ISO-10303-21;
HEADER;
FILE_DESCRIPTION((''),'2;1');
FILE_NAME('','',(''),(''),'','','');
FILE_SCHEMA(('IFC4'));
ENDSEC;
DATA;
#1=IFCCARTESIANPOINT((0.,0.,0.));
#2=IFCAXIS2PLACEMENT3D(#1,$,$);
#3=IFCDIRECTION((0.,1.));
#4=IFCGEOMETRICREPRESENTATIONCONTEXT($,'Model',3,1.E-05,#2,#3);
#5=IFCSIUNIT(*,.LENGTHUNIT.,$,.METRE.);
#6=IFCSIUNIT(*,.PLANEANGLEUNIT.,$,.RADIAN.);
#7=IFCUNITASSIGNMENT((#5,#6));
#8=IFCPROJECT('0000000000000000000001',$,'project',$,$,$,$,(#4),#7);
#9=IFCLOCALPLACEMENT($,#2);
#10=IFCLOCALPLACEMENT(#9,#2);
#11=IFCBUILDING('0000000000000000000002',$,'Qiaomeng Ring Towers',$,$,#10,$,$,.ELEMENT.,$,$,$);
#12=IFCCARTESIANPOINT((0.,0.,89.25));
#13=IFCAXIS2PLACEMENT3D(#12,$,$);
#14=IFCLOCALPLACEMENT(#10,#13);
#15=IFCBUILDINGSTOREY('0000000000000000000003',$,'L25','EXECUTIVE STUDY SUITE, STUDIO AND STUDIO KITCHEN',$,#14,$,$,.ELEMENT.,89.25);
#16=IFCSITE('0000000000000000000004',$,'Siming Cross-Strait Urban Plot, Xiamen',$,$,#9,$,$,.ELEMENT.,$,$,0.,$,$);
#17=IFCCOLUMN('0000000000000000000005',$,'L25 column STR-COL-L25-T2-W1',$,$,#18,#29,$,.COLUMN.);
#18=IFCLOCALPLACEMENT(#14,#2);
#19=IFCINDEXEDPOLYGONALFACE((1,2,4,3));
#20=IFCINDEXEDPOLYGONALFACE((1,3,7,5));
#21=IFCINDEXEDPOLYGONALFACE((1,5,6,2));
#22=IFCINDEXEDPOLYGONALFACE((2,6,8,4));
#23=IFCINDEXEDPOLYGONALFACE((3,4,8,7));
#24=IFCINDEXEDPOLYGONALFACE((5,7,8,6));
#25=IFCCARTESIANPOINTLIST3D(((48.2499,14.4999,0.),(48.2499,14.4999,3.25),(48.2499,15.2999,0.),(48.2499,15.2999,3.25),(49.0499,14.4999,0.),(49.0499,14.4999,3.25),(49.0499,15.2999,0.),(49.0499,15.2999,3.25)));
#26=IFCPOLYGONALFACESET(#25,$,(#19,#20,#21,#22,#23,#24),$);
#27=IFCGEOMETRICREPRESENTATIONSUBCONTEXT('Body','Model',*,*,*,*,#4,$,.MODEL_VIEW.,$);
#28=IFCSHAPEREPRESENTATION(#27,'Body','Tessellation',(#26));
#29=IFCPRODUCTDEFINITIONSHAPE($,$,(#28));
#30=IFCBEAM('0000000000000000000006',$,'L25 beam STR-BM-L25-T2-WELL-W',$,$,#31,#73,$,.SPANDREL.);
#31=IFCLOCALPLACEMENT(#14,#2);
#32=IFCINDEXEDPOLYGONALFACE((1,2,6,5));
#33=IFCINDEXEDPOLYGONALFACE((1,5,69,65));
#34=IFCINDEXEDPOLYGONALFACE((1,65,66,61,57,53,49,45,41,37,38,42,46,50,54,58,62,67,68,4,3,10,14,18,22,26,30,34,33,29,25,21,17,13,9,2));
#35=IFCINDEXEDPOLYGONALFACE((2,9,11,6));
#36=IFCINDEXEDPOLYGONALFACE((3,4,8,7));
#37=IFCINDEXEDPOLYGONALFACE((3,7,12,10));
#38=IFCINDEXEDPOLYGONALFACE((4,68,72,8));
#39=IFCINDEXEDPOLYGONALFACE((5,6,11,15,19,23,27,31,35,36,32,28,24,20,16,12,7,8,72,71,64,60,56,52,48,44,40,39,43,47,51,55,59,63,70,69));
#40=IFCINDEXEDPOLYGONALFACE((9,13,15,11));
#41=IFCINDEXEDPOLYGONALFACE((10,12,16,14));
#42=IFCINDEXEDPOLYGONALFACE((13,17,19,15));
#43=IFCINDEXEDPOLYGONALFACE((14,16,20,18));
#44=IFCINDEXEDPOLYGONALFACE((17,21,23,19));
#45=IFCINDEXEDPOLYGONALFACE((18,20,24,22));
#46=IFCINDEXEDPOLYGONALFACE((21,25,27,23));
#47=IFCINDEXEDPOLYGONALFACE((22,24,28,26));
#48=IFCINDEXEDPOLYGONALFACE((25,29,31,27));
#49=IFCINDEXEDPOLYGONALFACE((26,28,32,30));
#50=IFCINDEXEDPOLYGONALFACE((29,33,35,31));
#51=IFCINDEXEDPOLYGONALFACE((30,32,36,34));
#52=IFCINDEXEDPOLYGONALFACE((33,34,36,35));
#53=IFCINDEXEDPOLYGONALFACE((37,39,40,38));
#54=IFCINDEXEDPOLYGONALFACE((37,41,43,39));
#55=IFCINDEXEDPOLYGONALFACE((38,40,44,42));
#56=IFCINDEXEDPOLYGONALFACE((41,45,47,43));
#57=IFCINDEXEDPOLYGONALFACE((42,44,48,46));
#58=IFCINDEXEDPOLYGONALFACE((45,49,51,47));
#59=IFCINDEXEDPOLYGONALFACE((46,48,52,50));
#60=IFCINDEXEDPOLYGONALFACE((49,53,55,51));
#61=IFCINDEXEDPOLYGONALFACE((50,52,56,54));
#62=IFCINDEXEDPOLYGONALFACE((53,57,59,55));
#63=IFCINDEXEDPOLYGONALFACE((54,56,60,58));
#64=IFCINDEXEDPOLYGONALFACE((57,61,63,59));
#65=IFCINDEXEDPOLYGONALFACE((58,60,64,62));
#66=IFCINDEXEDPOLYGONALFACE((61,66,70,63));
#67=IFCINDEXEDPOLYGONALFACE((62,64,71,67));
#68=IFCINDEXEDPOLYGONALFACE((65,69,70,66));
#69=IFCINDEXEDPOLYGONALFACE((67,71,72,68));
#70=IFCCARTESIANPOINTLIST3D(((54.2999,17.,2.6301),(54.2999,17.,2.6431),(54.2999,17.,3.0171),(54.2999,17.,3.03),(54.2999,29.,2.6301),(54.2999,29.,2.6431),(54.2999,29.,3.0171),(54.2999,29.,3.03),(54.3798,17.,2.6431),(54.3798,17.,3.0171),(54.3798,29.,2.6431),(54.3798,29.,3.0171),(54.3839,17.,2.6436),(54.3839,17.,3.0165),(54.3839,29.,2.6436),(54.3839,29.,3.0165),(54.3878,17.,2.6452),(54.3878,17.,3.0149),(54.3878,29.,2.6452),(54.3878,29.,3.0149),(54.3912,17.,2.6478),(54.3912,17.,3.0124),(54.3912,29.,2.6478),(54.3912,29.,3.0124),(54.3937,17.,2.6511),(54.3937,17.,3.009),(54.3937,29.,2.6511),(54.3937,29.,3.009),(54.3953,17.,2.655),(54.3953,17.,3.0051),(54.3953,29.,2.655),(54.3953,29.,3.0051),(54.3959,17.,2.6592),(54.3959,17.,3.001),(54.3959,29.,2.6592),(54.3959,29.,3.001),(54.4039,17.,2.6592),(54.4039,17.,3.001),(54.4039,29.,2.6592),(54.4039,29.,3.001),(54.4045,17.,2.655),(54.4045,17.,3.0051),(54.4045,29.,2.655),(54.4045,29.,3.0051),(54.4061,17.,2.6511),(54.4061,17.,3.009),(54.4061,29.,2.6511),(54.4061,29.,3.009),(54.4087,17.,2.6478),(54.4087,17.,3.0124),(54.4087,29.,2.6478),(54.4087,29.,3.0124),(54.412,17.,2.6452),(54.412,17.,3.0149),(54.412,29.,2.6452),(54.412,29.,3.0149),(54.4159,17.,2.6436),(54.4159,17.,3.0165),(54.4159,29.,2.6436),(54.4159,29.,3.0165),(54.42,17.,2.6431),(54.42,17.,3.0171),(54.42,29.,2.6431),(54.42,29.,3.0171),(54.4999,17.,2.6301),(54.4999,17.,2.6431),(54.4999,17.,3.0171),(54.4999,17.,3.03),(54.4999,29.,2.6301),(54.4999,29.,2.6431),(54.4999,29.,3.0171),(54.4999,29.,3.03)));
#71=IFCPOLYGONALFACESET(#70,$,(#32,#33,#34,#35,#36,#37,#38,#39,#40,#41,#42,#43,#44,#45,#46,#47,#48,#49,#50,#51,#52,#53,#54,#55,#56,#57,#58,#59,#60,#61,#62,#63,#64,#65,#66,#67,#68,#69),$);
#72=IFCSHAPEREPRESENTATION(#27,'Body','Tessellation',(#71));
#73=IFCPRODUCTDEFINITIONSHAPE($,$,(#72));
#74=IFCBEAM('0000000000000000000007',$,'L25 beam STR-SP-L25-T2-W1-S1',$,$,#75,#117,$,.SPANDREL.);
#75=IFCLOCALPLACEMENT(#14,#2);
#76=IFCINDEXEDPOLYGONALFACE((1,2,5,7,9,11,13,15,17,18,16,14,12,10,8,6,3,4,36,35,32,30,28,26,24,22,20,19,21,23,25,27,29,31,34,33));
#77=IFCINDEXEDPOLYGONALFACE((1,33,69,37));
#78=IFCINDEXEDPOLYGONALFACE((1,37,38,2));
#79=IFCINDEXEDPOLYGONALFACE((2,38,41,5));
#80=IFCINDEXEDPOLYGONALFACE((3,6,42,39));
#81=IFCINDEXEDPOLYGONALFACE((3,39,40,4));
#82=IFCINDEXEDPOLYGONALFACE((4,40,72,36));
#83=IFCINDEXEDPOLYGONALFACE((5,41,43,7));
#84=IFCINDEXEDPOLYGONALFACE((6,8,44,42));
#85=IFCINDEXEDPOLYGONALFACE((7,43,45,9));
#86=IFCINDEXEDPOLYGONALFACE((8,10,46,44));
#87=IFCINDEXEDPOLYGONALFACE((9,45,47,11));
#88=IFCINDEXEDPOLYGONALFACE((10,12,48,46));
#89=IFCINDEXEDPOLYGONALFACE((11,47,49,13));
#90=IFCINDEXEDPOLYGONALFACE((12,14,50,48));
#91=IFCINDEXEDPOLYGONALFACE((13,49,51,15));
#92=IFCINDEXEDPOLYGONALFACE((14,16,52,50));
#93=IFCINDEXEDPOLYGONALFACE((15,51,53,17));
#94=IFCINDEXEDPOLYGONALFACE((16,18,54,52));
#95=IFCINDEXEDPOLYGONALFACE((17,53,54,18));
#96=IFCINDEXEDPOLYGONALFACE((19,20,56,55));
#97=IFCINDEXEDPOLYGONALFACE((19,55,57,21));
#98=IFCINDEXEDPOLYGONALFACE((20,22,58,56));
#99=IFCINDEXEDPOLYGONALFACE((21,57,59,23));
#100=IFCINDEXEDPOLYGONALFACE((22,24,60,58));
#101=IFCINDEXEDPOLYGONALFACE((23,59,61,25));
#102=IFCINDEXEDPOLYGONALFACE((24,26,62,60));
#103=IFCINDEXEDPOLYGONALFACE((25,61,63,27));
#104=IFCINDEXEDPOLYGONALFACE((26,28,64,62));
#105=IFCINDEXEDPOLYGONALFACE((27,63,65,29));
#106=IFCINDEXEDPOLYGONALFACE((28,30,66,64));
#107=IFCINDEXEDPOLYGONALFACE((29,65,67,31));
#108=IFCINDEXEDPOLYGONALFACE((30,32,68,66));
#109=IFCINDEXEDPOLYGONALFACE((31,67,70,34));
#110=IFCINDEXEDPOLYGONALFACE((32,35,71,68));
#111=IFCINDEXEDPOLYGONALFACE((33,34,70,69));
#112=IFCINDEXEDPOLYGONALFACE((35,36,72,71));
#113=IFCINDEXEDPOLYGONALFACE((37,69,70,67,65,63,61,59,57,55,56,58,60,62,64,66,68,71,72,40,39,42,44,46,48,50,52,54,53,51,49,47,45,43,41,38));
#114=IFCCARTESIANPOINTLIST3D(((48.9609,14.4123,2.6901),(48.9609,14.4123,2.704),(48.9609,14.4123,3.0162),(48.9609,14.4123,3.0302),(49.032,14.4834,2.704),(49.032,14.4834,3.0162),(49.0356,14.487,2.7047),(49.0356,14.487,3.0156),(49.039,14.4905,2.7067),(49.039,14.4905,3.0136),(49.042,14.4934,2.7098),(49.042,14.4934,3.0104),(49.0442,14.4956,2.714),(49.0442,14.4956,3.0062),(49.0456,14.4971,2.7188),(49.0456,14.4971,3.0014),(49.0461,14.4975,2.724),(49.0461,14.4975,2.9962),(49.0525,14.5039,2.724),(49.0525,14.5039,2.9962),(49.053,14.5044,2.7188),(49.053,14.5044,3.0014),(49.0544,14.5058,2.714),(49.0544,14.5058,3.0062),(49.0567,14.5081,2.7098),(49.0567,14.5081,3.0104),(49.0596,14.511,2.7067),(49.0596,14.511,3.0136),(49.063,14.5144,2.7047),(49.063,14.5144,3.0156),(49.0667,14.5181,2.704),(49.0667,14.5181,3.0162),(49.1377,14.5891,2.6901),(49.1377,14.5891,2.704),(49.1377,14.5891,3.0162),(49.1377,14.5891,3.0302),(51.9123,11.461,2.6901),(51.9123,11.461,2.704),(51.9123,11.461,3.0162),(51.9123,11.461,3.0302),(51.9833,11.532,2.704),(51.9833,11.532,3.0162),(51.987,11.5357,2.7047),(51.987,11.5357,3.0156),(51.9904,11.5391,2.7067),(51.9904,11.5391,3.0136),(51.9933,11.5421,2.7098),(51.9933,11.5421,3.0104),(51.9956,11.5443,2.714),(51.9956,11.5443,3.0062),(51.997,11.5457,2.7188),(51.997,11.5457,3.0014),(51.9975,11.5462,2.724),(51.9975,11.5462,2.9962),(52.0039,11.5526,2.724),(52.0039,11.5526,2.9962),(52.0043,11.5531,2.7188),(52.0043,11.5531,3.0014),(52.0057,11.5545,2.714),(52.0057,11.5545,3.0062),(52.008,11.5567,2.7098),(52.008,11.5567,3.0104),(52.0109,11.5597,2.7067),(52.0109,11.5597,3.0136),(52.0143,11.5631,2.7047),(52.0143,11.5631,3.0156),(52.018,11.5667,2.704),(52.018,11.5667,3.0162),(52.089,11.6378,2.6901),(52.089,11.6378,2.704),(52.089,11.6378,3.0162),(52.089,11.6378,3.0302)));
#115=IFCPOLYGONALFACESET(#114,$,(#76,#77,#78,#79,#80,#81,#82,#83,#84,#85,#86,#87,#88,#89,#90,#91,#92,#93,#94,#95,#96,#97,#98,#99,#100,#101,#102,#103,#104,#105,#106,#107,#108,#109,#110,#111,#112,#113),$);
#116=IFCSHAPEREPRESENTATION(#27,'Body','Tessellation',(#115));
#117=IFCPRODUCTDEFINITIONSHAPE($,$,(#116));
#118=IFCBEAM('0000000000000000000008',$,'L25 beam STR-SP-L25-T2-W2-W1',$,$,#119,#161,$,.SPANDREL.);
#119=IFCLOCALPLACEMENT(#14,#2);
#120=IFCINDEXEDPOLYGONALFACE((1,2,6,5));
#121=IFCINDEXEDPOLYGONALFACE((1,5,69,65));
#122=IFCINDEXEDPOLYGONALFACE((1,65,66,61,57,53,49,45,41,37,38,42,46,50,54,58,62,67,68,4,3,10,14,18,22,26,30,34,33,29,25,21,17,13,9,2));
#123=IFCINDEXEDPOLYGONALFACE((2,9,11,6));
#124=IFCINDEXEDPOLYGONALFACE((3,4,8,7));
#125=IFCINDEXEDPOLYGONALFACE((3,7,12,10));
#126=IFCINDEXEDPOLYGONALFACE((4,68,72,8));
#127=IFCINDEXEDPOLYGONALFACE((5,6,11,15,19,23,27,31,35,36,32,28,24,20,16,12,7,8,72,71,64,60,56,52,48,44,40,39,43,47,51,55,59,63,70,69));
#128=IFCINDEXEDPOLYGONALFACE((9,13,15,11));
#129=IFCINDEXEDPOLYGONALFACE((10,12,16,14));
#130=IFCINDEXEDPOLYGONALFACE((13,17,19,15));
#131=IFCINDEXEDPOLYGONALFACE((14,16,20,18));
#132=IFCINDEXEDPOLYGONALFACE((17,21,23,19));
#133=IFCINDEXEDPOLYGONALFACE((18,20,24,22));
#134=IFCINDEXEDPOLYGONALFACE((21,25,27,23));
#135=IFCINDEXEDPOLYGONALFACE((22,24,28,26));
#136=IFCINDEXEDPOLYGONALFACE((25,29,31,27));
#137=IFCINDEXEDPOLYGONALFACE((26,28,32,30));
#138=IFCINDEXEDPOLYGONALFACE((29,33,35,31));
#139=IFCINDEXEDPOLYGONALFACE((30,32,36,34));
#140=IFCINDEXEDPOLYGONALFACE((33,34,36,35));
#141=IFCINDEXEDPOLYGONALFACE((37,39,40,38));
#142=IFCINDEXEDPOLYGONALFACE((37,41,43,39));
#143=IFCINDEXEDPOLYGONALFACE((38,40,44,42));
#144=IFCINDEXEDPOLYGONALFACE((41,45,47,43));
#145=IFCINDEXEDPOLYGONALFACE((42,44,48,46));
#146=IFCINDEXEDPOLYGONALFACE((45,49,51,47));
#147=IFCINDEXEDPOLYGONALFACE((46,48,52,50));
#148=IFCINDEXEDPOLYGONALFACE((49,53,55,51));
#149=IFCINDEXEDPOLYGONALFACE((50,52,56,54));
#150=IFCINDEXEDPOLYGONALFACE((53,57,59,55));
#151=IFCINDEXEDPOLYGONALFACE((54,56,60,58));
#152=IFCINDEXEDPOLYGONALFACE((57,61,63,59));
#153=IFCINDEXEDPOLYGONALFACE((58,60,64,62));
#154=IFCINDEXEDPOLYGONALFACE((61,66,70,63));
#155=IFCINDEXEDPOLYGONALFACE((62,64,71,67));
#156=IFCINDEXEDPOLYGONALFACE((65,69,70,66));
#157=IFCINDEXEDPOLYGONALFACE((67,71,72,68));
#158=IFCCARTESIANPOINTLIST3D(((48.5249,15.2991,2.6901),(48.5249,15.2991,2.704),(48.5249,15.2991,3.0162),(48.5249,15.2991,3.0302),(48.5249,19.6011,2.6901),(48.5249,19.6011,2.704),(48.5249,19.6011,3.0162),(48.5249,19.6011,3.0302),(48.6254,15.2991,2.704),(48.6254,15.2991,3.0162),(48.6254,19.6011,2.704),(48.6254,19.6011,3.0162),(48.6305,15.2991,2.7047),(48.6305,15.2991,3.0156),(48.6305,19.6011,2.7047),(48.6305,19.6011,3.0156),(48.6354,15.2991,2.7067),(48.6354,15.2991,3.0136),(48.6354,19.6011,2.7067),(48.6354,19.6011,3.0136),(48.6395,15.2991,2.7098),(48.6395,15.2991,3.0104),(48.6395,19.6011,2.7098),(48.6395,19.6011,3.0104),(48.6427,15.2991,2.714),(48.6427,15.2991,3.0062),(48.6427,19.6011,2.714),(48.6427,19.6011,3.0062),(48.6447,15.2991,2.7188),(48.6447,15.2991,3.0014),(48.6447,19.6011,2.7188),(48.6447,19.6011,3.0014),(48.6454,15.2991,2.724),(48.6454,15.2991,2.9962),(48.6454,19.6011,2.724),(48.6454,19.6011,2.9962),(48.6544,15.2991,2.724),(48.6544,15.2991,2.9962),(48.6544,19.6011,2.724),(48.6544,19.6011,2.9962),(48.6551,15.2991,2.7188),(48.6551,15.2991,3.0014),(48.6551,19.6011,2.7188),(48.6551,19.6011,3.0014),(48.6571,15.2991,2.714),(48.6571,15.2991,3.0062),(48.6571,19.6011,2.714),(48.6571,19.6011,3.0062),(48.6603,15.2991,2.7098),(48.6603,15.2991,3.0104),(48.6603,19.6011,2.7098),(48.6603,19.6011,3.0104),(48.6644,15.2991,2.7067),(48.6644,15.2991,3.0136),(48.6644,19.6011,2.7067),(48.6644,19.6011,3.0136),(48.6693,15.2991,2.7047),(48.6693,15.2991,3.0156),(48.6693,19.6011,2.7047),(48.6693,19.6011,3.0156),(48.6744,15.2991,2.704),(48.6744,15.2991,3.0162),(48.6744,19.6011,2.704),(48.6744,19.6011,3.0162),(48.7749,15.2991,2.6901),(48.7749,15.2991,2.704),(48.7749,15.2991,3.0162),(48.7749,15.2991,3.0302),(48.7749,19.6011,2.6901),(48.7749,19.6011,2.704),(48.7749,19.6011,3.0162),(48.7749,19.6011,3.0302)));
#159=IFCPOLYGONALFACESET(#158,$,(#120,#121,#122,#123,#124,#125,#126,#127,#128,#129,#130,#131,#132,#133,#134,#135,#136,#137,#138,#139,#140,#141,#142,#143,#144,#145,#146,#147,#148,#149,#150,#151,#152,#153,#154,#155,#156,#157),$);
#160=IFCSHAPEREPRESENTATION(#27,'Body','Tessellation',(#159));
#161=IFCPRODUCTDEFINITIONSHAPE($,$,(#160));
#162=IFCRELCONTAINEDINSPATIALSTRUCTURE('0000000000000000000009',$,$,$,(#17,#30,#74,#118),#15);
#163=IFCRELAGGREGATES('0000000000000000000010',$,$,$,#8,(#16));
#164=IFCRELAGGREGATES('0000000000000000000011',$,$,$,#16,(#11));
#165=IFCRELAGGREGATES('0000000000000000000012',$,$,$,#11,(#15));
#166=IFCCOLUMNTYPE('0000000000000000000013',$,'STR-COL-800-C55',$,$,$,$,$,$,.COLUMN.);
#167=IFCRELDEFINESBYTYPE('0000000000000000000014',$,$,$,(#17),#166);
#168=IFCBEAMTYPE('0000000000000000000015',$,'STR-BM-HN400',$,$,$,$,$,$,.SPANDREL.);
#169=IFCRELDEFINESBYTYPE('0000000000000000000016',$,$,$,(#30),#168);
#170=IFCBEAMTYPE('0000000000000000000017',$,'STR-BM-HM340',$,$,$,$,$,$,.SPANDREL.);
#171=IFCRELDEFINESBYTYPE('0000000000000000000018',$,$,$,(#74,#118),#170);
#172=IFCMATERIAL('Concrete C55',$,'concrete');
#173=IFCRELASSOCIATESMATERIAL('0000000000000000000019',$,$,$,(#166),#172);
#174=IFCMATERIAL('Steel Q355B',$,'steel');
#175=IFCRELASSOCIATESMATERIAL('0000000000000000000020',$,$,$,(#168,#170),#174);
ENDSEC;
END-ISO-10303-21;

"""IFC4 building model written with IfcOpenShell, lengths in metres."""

from ifc_helpers import new_model, si_unit, direction, frame, origin, origin_2d, place, context, subcontext, project, spatial, rectangle, i_section, extrude, source, transform, mapped, material, material_profile, profile_set, type_object, element, save


model = new_model("IFC4")

# Units and contexts
model_context = context("Model", 3, precision=1e-05, world=origin(), true_north=direction((0.0, 1.0)))
body_context = subcontext(model_context, "Body", "Model", "MODEL_VIEW")
ifc_project = project(units=[si_unit("LENGTHUNIT", "METRE"), si_unit("PLANEANGLEUNIT", "RADIAN")], contexts=[model_context])

# Site, building, storey
site_placement = place(None, origin())
site = spatial("IfcSite", under=ifc_project, at=site_placement, Name="Siming Cross-Strait Urban Plot, Xiamen", CompositionType="ELEMENT", RefElevation=0.0)
building_placement = place(site_placement, origin())
building = spatial("IfcBuilding", under=site, at=building_placement, Name="Qiaomeng Ring Towers", CompositionType="ELEMENT")
storey_placement = place(building_placement, frame((0.0, 0.0, 89.25)))
storey = spatial("IfcBuildingStorey", under=building, at=storey_placement, Name="L25", Description="EXECUTIVE STUDY SUITE, STUDIO AND STUDIO KITCHEN", CompositionType="ELEMENT", Elevation=89.25)

# Column
ifc_material_1 = material(Name="Concrete C55", Category="concrete")
ifc_material_profile_1 = material_profile(ifc_material_1, rectangle(XDim=0.8, YDim=0.8, at=origin_2d()), Name="RC COL 800x800")
ifc_profile_set_1 = profile_set([ifc_material_profile_1], Name="Concrete C55")
column_type = type_object("IfcColumnType", Name="STR-COL-800-C55", PredefinedType="COLUMN", material=ifc_profile_set_1)
shared_shape_1 = source(origin(), body_context, "Body", "SweptSolid", [
    extrude(rectangle(XDim=0.8, YDim=0.8, at=origin_2d()), origin(), (0.0, 0.0, 1.0), 3.25),
])
column_placement = place(storey_placement, frame((48.6499, 14.8999, 0.0), z_axis=(0.0, 0.0, 1.0), x_axis=(1.0, 0.0, 0.0)))
element("IfcColumn", 1, at=column_placement, inside=storey, type_object=column_type, Name="L25 column STR-COL-L25-T2-W1", PredefinedType="COLUMN", context=body_context, shape_type="MappedRepresentation", body=[
    mapped(shared_shape_1, transform((0.0, 0.0, 0.0), x_axis=(1.0, 0.0, 0.0), y_axis=(0.0, 1.0, 0.0), z_axis=(0.0, 0.0, 1.0), scale=1.0)),
])

# Beams
ifc_material_2 = material(Name="Steel Q355B", Category="steel")
ifc_material_profile_2 = material_profile(ifc_material_2, i_section(OverallWidth=0.2, OverallDepth=0.3999, WebThickness=0.0081, FlangeThickness=0.0129, FilletRadius=0.0161, at=origin_2d()), Name="HN 400x200x8x13")
ifc_profile_set_2 = profile_set([ifc_material_profile_2], Name="Steel Q355B")
beam_type_1 = type_object("IfcBeamType", Name="STR-BM-HN400", PredefinedType="SPANDREL", material=ifc_profile_set_2)
shared_shape_2 = source(origin(), body_context, "Body", "SweptSolid", [
    extrude(i_section(OverallWidth=0.2, OverallDepth=0.3999, WebThickness=0.0081, FlangeThickness=0.0129, FilletRadius=0.0161, at=origin_2d()), origin(), (0.0, 0.0, 1.0), 12.0),
])
beam_1_placement = place(storey_placement, frame((54.3999, 17.0, 2.8301), z_axis=(0.0, 1.0, 0.0), x_axis=(-1.0, 0.0, 0.0)))
element("IfcBeam", 2, at=beam_1_placement, inside=storey, type_object=beam_type_1, Name="L25 beam STR-BM-L25-T2-WELL-W", PredefinedType="SPANDREL", context=body_context, shape_type="MappedRepresentation", body=[
    mapped(shared_shape_2, transform((0.0, 0.0, 0.0), x_axis=(1.0, 0.0, 0.0), y_axis=(0.0, 1.0, 0.0), z_axis=(0.0, 0.0, 1.0), scale=1.0)),
])
ifc_material_profile_3 = material_profile(ifc_material_2, i_section(OverallWidth=0.25, OverallDepth=0.3401, WebThickness=0.009, FlangeThickness=0.0139, FilletRadius=0.02, at=origin_2d()), Name="HM 340x250x9x14")
ifc_profile_set_3 = profile_set([ifc_material_profile_3], Name="Steel Q355B")
beam_type_2 = type_object("IfcBeamType", Name="STR-BM-HM340", PredefinedType="SPANDREL", material=ifc_profile_set_3)
shared_shape_3 = source(origin(), body_context, "Body", "SweptSolid", [
    extrude(i_section(OverallWidth=0.25, OverallDepth=0.3401, WebThickness=0.009, FlangeThickness=0.0139, FilletRadius=0.02, at=origin_2d()), origin(), (0.0, 0.0, 1.0), 4.1738),
])
beam_2_placement = place(storey_placement, frame((49.0493, 14.5007, 2.8601), z_axis=(0.707107, -0.707107, 0.0), x_axis=(0.707107, 0.707107, 0.0)))
element("IfcBeam", 3, at=beam_2_placement, inside=storey, type_object=beam_type_2, Name="L25 beam STR-SP-L25-T2-W1-S1", PredefinedType="SPANDREL", context=body_context, shape_type="MappedRepresentation", body=[
    mapped(shared_shape_3, transform((0.0, 0.0, 0.0), x_axis=(1.0, 0.0, 0.0), y_axis=(0.0, 1.0, 0.0), z_axis=(0.0, 0.0, 1.0), scale=1.0)),
])
shared_shape_4 = source(origin(), body_context, "Body", "SweptSolid", [
    extrude(i_section(OverallWidth=0.25, OverallDepth=0.3401, WebThickness=0.009, FlangeThickness=0.0139, FilletRadius=0.02, at=origin_2d()), origin(), (0.0, 0.0, 1.0), 4.302),
])
beam_3_placement = place(storey_placement, frame((48.6499, 19.6011, 2.8601), z_axis=(0.0, -1.0, 0.0), x_axis=(1.0, 0.0, 0.0)))
element("IfcBeam", 4, at=beam_3_placement, inside=storey, type_object=beam_type_2, Name="L25 beam STR-SP-L25-T2-W2-W1", PredefinedType="SPANDREL", context=body_context, shape_type="MappedRepresentation", body=[
    mapped(shared_shape_4, transform((0.0, 0.0, 0.0), x_axis=(1.0, 0.0, 0.0), y_axis=(0.0, 1.0, 0.0), z_axis=(0.0, 0.0, 1.0), scale=1.0)),
])

save(model, "model.ifc")
